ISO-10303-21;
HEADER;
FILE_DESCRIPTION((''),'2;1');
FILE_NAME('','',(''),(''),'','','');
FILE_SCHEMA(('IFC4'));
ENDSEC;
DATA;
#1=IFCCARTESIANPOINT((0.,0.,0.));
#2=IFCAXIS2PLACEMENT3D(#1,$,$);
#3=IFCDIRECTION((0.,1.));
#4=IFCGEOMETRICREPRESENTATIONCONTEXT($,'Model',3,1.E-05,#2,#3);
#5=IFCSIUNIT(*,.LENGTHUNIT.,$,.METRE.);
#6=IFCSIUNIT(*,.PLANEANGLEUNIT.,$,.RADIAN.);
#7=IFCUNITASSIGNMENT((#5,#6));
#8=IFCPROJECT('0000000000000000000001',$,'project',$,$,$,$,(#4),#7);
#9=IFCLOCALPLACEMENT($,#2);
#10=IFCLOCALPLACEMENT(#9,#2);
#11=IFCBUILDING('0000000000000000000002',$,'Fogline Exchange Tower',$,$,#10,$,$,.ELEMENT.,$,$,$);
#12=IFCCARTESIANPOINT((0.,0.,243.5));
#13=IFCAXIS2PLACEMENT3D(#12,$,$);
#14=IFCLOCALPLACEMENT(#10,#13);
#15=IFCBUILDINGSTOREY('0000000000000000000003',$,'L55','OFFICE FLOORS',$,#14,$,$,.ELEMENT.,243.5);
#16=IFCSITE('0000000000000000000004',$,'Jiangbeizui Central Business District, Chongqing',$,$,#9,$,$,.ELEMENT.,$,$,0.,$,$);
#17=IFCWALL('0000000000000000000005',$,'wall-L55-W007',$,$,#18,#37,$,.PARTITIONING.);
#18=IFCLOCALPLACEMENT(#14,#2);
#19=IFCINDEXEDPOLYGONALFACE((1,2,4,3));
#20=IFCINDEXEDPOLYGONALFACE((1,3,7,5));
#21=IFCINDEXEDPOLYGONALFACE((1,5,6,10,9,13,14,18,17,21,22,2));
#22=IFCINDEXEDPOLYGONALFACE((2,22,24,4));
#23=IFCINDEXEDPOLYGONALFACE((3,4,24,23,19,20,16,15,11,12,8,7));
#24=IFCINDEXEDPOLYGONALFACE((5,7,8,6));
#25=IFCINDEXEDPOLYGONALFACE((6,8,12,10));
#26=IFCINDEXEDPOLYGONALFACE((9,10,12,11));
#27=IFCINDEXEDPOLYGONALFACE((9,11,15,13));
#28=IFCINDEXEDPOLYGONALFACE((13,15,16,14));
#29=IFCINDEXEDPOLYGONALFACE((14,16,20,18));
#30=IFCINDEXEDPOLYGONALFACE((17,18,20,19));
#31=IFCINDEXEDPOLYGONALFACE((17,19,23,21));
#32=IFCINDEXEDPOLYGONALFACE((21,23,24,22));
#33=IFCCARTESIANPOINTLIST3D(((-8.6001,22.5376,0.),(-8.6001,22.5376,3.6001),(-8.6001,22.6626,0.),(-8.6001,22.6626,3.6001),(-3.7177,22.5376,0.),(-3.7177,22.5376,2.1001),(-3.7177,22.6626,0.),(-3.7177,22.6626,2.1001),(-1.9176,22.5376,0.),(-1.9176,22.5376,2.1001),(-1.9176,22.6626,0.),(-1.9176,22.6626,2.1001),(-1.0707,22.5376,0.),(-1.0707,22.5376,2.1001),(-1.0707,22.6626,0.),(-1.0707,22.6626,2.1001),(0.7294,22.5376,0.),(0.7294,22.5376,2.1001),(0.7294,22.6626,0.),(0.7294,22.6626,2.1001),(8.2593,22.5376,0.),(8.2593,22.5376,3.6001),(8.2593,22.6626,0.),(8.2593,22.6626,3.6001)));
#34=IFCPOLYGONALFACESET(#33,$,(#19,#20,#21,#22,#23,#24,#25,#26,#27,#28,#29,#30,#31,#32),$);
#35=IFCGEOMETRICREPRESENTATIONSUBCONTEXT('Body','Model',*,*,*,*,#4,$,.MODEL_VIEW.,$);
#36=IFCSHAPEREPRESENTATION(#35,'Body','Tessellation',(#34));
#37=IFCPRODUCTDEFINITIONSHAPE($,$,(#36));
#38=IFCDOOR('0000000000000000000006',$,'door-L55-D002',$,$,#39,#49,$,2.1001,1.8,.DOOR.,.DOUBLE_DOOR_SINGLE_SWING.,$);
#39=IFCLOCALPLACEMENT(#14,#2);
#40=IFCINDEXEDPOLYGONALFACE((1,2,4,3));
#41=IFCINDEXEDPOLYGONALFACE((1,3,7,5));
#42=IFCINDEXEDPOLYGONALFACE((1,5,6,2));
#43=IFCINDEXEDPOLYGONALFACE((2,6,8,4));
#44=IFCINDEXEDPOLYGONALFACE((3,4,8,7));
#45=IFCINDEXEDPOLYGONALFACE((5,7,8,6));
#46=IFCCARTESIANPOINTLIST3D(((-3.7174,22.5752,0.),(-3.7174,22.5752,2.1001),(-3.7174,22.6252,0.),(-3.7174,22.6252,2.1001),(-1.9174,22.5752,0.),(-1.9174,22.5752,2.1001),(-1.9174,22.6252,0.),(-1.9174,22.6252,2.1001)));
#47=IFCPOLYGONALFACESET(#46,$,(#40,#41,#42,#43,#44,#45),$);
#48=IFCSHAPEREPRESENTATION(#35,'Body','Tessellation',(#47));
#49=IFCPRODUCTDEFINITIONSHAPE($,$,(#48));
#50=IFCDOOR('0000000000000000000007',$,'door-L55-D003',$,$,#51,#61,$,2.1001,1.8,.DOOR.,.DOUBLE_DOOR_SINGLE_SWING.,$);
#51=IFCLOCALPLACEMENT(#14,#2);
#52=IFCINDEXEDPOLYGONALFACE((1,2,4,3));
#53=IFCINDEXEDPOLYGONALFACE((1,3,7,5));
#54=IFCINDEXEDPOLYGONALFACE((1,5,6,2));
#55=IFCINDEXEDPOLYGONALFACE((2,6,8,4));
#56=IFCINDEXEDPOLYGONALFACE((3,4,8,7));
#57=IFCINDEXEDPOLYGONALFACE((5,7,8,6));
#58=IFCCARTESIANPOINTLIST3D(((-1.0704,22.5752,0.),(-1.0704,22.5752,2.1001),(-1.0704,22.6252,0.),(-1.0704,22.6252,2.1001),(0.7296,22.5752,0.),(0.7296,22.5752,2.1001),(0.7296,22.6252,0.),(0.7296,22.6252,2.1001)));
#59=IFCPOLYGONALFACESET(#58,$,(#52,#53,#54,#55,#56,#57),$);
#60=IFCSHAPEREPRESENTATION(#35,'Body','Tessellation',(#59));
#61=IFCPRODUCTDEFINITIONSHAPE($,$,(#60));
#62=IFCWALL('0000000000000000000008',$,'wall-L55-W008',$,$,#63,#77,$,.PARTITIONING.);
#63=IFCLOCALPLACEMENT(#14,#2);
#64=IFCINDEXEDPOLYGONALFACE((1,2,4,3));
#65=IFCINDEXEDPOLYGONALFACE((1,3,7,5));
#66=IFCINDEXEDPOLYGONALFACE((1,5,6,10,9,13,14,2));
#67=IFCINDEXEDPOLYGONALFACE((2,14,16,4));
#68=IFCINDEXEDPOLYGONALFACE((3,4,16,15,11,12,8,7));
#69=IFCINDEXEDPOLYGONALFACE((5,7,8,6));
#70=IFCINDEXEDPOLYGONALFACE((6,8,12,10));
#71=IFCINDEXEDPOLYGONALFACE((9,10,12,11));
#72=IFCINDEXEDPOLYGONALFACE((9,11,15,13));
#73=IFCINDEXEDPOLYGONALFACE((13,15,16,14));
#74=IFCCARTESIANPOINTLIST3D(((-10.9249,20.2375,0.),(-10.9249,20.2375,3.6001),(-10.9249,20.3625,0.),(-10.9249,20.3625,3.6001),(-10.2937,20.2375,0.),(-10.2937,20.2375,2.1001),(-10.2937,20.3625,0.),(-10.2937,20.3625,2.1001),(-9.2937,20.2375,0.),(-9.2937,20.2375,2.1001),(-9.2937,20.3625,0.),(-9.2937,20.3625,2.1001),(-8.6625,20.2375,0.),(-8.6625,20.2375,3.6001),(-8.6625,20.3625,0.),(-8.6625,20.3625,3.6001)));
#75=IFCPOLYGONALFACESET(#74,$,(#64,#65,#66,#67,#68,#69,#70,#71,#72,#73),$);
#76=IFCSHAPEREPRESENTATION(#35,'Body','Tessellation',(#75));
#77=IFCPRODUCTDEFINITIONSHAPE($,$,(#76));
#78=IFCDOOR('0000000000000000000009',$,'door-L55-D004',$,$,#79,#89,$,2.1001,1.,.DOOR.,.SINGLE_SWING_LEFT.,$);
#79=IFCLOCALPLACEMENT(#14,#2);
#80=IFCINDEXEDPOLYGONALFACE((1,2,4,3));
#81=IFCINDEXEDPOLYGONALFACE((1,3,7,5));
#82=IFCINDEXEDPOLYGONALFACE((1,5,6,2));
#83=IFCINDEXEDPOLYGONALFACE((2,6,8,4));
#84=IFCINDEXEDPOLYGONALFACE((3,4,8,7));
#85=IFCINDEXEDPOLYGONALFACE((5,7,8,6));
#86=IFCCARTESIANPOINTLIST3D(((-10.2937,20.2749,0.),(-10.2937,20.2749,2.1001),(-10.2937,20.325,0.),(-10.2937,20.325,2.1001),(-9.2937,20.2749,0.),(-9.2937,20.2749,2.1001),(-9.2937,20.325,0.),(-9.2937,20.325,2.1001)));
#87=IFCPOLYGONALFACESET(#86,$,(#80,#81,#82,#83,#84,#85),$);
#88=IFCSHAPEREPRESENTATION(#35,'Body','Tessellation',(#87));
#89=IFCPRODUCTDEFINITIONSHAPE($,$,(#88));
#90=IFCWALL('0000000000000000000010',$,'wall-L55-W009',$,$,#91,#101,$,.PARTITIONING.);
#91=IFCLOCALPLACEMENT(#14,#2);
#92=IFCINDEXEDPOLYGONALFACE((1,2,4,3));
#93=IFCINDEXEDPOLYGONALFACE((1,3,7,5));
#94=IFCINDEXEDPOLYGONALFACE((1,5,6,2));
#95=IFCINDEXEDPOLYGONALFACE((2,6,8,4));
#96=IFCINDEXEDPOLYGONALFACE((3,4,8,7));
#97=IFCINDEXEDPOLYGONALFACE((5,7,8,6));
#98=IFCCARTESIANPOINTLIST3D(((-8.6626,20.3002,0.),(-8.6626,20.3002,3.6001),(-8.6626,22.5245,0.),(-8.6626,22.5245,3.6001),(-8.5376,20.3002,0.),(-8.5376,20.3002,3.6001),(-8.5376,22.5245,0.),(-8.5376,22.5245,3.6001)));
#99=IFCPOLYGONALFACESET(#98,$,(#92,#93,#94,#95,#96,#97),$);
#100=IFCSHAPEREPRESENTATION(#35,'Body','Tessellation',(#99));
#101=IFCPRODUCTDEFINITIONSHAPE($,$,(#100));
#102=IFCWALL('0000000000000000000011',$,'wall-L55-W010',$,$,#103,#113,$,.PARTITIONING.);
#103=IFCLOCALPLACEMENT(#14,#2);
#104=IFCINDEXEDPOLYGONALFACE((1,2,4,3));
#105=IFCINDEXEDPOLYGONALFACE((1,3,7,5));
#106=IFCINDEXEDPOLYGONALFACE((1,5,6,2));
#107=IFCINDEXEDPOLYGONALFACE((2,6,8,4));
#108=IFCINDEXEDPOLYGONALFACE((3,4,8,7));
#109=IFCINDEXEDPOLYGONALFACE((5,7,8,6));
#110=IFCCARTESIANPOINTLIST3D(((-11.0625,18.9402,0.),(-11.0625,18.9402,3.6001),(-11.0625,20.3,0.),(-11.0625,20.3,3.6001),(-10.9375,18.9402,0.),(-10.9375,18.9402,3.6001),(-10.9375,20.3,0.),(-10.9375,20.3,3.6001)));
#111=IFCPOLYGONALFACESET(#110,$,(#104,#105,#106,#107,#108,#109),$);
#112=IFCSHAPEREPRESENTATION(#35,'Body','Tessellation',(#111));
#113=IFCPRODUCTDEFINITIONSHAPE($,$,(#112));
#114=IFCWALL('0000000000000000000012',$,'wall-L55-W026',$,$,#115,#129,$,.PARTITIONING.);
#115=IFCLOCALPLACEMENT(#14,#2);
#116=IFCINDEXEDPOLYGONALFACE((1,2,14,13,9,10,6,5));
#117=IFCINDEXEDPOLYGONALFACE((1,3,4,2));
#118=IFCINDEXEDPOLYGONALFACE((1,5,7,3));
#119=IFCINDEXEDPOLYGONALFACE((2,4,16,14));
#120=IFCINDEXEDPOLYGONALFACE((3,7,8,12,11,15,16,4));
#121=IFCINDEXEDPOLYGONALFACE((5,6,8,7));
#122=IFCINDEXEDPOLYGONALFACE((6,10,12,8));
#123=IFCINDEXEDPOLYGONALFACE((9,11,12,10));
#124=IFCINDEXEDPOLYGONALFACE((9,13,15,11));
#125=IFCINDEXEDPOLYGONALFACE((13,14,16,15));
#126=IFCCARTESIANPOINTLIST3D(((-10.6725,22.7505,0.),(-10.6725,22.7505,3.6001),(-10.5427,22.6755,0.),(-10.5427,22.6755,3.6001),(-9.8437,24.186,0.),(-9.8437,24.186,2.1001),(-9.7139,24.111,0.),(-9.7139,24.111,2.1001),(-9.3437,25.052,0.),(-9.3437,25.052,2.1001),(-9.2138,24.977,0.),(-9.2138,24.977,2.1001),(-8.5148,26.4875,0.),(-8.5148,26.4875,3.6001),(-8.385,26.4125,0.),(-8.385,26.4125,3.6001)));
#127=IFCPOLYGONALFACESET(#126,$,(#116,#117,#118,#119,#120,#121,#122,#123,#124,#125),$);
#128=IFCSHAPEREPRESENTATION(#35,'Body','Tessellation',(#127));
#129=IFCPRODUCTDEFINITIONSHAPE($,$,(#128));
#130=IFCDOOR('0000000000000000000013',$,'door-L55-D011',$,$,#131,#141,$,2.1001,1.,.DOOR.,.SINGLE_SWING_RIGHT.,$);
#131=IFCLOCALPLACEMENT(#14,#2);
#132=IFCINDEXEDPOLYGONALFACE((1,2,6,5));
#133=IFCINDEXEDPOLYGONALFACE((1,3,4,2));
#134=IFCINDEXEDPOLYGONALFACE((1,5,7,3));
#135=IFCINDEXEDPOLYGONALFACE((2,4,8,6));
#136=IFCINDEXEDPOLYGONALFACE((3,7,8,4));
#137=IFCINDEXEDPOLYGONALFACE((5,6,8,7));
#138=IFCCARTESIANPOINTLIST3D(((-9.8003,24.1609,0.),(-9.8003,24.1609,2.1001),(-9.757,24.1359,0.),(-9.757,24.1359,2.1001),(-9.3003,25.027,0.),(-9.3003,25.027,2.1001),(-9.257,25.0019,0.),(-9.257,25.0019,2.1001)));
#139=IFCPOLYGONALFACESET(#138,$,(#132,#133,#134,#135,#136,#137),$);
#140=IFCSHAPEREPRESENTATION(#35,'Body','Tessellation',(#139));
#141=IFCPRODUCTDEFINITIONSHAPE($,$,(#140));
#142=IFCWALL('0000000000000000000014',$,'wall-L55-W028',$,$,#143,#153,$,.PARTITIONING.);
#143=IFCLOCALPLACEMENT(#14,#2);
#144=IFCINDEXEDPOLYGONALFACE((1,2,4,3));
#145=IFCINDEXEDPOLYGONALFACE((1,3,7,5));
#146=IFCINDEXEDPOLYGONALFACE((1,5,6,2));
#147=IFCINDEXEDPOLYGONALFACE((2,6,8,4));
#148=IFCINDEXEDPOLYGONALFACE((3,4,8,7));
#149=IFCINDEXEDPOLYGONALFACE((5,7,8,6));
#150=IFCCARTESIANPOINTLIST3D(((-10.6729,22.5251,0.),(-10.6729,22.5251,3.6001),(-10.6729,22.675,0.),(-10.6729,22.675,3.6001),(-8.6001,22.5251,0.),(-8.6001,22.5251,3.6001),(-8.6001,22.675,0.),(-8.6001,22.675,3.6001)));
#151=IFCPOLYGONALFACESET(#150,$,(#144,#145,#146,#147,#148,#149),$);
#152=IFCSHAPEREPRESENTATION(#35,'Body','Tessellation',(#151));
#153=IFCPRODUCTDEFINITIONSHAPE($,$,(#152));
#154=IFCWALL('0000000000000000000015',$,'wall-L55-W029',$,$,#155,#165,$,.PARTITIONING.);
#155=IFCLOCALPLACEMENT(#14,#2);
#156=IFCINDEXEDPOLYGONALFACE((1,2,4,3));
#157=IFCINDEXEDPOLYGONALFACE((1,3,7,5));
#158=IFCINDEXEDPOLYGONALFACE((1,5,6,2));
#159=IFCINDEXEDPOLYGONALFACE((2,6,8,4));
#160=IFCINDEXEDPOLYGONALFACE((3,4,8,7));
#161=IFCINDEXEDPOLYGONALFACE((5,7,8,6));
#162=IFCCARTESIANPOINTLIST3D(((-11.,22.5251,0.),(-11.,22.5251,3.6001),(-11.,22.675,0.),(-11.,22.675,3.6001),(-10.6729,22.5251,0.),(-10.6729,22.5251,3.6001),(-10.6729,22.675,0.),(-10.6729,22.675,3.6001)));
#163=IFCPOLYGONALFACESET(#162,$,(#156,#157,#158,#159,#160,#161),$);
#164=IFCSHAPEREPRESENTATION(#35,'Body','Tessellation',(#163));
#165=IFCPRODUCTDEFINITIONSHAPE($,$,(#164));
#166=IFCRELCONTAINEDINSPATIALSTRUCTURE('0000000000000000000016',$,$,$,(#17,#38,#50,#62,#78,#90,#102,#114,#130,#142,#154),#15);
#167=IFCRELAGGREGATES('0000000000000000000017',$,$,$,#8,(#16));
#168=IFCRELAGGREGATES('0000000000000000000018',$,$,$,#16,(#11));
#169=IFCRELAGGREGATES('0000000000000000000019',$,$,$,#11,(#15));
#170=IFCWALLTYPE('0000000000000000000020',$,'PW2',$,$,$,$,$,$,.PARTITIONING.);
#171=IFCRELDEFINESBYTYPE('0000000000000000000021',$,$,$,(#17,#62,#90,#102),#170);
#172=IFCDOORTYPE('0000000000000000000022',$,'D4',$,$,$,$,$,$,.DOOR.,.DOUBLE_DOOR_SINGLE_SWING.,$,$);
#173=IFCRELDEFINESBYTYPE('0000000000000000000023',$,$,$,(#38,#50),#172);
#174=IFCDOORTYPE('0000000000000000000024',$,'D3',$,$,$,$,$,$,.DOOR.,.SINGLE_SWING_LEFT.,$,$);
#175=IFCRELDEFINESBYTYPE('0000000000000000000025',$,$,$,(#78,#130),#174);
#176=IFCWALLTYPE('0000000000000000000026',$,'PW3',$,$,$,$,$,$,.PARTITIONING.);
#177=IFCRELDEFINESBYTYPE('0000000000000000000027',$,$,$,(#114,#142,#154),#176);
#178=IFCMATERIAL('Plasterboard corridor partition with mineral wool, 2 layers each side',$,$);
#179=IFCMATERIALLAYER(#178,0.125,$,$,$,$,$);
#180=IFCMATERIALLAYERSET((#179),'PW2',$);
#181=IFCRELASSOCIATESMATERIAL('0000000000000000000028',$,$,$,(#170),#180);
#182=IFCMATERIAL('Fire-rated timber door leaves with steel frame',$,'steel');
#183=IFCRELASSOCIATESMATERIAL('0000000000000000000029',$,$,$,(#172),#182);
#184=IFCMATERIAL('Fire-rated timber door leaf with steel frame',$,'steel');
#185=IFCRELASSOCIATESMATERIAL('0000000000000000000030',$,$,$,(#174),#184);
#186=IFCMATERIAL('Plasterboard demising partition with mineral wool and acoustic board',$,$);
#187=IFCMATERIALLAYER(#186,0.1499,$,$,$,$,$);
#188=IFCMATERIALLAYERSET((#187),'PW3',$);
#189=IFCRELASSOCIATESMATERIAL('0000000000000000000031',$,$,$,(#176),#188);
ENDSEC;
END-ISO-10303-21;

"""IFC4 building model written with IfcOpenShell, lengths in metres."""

from ifc_helpers import new_model, si_unit, direction, frame, frame_2d, origin, place, context, subcontext, project, spatial, rectangle, extrude, material, layer, layer_set, type_object, element, fill, save


model = new_model("IFC4")

# Units and contexts
model_context = context("Model", 3, precision=1e-05, world=origin(), true_north=direction((0.0, 1.0)))
body_context = subcontext(model_context, "Body", "Model", "MODEL_VIEW")
ifc_project = project(units=[si_unit("LENGTHUNIT", "METRE"), si_unit("PLANEANGLEUNIT", "RADIAN")], contexts=[model_context])

# Site, building, storey
site_placement = place(None, origin())
site = spatial("IfcSite", under=ifc_project, at=site_placement, Name="Jiangbeizui Central Business District, Chongqing", CompositionType="ELEMENT", RefElevation=0.0)
building_placement = place(site_placement, origin())
building = spatial("IfcBuilding", under=site, at=building_placement, Name="Fogline Exchange Tower", CompositionType="ELEMENT")
storey_placement = place(building_placement, frame((0.0, 0.0, 243.5)))
storey = spatial("IfcBuildingStorey", under=building, at=storey_placement, Name="L55", Description="OFFICE FLOORS", CompositionType="ELEMENT", Elevation=243.5)

# Wall, openings, doors
ifc_material_1 = material(Name="Plasterboard corridor partition with mineral wool, 2 layers each side")
ifc_layer_1 = layer(ifc_material_1, 0.125)
ifc_layer_set_1 = layer_set([ifc_layer_1], Name="PW2")
wall_type_1 = type_object("IfcWallType", Name="PW2", PredefinedType="PARTITIONING", material=ifc_layer_set_1)
wall_1_placement = place(storey_placement, frame((-8.6001, 22.6001, 0.0), z_axis=(0.0, 0.0, 1.0), x_axis=(1.0, 0.0, 0.0)))
wall_1 = element("IfcWall", 1, at=wall_1_placement, inside=storey, type_object=wall_type_1, Name="wall-L55-W007", PredefinedType="PARTITIONING", context=body_context, shape_type="SweptSolid", body=[
    extrude(rectangle(XDim=16.8594, YDim=0.125, at=frame_2d((8.4297, 0.0))), origin(), (0.0, 0.0, 1.0), 3.6001),
])
opening_1_placement = place(wall_1_placement, frame((4.8826, 0.0, 0.0)))
opening_1 = element("IfcOpeningElement", 2, at=opening_1_placement, cuts=wall_1, PredefinedType="OPENING", context=body_context, shape_type="SweptSolid", body=[
    extrude(rectangle(XDim=1.8, YDim=2.1001, at=frame_2d((0.8999, 1.05))), frame((0.0, 0.0725, 0.0), z_axis=(0.0, -1.0, 0.0), x_axis=(1.0, 0.0, 0.0)), (0.0, 0.0, 1.0), 0.145),
])
opening_2_placement = place(wall_1_placement, frame((7.5295, 0.0, 0.0)))
opening_2 = element("IfcOpeningElement", 3, at=opening_2_placement, cuts=wall_1, PredefinedType="OPENING", context=body_context, shape_type="SweptSolid", body=[
    extrude(rectangle(XDim=1.8, YDim=2.1001, at=frame_2d((0.8999, 1.05))), frame((0.0, 0.0725, 0.0), z_axis=(0.0, -1.0, 0.0), x_axis=(1.0, 0.0, 0.0)), (0.0, 0.0, 1.0), 0.145),
])
ifc_material_2 = material(Name="Fire-rated timber door leaves with steel frame", Category="steel")
door_type_1 = type_object("IfcDoorType", Name="D4", OperationType="DOUBLE_DOOR_SINGLE_SWING", PredefinedType="DOOR", material=ifc_material_2)
door_1_placement = place(opening_1_placement, frame((1.8, 0.0, 0.0), z_axis=(0.0, 0.0, 1.0), x_axis=(-1.0, 0.0, 0.0)))
door_1 = element("IfcDoor", 4, at=door_1_placement, inside=storey, type_object=door_type_1, Name="door-L55-D002", OperationType="DOUBLE_DOOR_SINGLE_SWING", OverallHeight=2.1001, OverallWidth=1.8, PredefinedType="DOOR", context=body_context, shape_type="SweptSolid", body=[
    extrude(rectangle(XDim=1.8, YDim=2.1001, at=frame_2d((0.8999, 1.05))), frame((0.0, 0.0249, 0.0), z_axis=(0.0, -1.0, 0.0), x_axis=(1.0, 0.0, 0.0)), (0.0, 0.0, 1.0), 0.05),
])
fill(opening_1, door_1)
door_2_placement = place(opening_2_placement, frame((1.8, 0.0, 0.0), z_axis=(0.0, 0.0, 1.0), x_axis=(-1.0, 0.0, 0.0)))
door_2 = element("IfcDoor", 5, at=door_2_placement, inside=storey, type_object=door_type_1, Name="door-L55-D003", OperationType="DOUBLE_DOOR_SINGLE_SWING", OverallHeight=2.1001, OverallWidth=1.8, PredefinedType="DOOR", context=body_context, shape_type="SweptSolid", body=[
    extrude(rectangle(XDim=1.8, YDim=2.1001, at=frame_2d((0.8999, 1.05))), frame((0.0, 0.0249, 0.0), z_axis=(0.0, -1.0, 0.0), x_axis=(1.0, 0.0, 0.0)), (0.0, 0.0, 1.0), 0.05),
])
fill(opening_2, door_2)

# Wall, opening, door
wall_2_placement = place(storey_placement, frame((-10.925, 20.3, 0.0), z_axis=(0.0, 0.0, 1.0), x_axis=(1.0, 0.0, 0.0)))
wall_2 = element("IfcWall", 6, at=wall_2_placement, inside=storey, type_object=wall_type_1, Name="wall-L55-W008", PredefinedType="PARTITIONING", context=body_context, shape_type="SweptSolid", body=[
    extrude(rectangle(XDim=2.2625, YDim=0.125, at=frame_2d((1.1313, 0.0))), origin(), (0.0, 0.0, 1.0), 3.6001),
])
opening_3_placement = place(wall_2_placement, frame((0.6313, 0.0, 0.0)))
opening_3 = element("IfcOpeningElement", 7, at=opening_3_placement, cuts=wall_2, PredefinedType="OPENING", context=body_context, shape_type="SweptSolid", body=[
    extrude(rectangle(XDim=1.0, YDim=2.1001, at=frame_2d((0.5, 1.05))), frame((0.0, 0.0725, 0.0), z_axis=(0.0, -1.0, 0.0), x_axis=(1.0, 0.0, 0.0)), (0.0, 0.0, 1.0), 0.145),
])
ifc_material_3 = material(Name="Fire-rated timber door leaf with steel frame", Category="steel")
door_type_2 = type_object("IfcDoorType", Name="D3", OperationType="SINGLE_SWING_LEFT", PredefinedType="DOOR", material=ifc_material_3)
door_3_placement = place(opening_3_placement, origin())
door_3 = element("IfcDoor", 8, at=door_3_placement, inside=storey, type_object=door_type_2, Name="door-L55-D004", OperationType="SINGLE_SWING_LEFT", OverallHeight=2.1001, OverallWidth=1.0, PredefinedType="DOOR", context=body_context, shape_type="SweptSolid", body=[
    extrude(rectangle(XDim=1.0, YDim=2.1001, at=frame_2d((0.5, 1.05))), frame((0.0, 0.0249, 0.0), z_axis=(0.0, -1.0, 0.0), x_axis=(1.0, 0.0, 0.0)), (0.0, 0.0, 1.0), 0.05),
])
fill(opening_3, door_3)

# Walls
wall_3_placement = place(storey_placement, frame((-8.6001, 20.3, 0.0), z_axis=(0.0, 0.0, 1.0), x_axis=(0.0, 1.0, 0.0)))
element("IfcWall", 9, at=wall_3_placement, inside=storey, type_object=wall_type_1, Name="wall-L55-W009", PredefinedType="PARTITIONING", context=body_context, shape_type="SweptSolid", body=[
    extrude(rectangle(XDim=2.2244, YDim=0.125, at=frame_2d((1.1123, 0.0))), origin(), (0.0, 0.0, 1.0), 3.6001),
])
wall_4_placement = place(storey_placement, frame((-11.0, 18.9402, 0.0), z_axis=(0.0, 0.0, 1.0), x_axis=(0.0, 1.0, 0.0)))
element("IfcWall", 10, at=wall_4_placement, inside=storey, type_object=wall_type_1, Name="wall-L55-W010", PredefinedType="PARTITIONING", context=body_context, shape_type="SweptSolid", body=[
    extrude(rectangle(XDim=1.3599, YDim=0.125, at=frame_2d((0.6799, 0.0))), origin(), (0.0, 0.0, 1.0), 3.6001),
])

# Wall, opening, door
ifc_material_4 = material(Name="Plasterboard demising partition with mineral wool and acoustic board")
ifc_layer_2 = layer(ifc_material_4, 0.1499)
ifc_layer_set_2 = layer_set([ifc_layer_2], Name="PW3")
wall_type_2 = type_object("IfcWallType", Name="PW3", PredefinedType="PARTITIONING", material=ifc_layer_set_2)
wall_5_placement = place(storey_placement, frame((-10.6077, 22.7129, 0.0), z_axis=(0.0, 0.0, 1.0), x_axis=(0.500021, 0.866013, 0.0)))
wall_5 = element("IfcWall", 11, at=wall_5_placement, inside=storey, type_object=wall_type_2, Name="wall-L55-W026", PredefinedType="PARTITIONING", context=body_context, shape_type="SweptSolid", body=[
    extrude(rectangle(XDim=4.3152, YDim=0.1499, at=frame_2d((2.1577, 0.0))), origin(), (0.0, 0.0, 1.0), 3.6001),
])
opening_4_placement = place(wall_5_placement, frame((1.6577, 0.0, 0.0)))
opening_4 = element("IfcOpeningElement", 12, at=opening_4_placement, cuts=wall_5, PredefinedType="OPENING", context=body_context, shape_type="SweptSolid", body=[
    extrude(rectangle(XDim=1.0, YDim=2.1001, at=frame_2d((0.5, 1.05))), frame((0.0, 0.085, 0.0), z_axis=(0.0, -1.0, 0.0), x_axis=(1.0, 0.0, 0.0)), (0.0, 0.0, 1.0), 0.1699),
])
door_4_placement = place(opening_4_placement, origin())
door_4 = element("IfcDoor", 13, at=door_4_placement, inside=storey, type_object=door_type_2, Name="door-L55-D011", OperationType="SINGLE_SWING_RIGHT", OverallHeight=2.1001, OverallWidth=1.0, PredefinedType="DOOR", context=body_context, shape_type="SweptSolid", body=[
    extrude(rectangle(XDim=1.0, YDim=2.1001, at=frame_2d((0.5, 1.05))), frame((0.0, 0.0249, 0.0), z_axis=(0.0, -1.0, 0.0), x_axis=(1.0, 0.0, 0.0)), (0.0, 0.0, 1.0), 0.05),
])
fill(opening_4, door_4)

# Walls
wall_6_placement = place(storey_placement, frame((-8.6001, 22.6001, 0.0), z_axis=(0.0, 0.0, 1.0), x_axis=(-1.0, 0.0, 0.0)))
element("IfcWall", 14, at=wall_6_placement, inside=storey, type_object=wall_type_2, Name="wall-L55-W028", PredefinedType="PARTITIONING", context=body_context, shape_type="SweptSolid", body=[
    extrude(rectangle(XDim=2.0728, YDim=0.1499, at=frame_2d((1.0364, 0.0))), origin(), (0.0, 0.0, 1.0), 3.6001),
])
wall_7_placement = place(storey_placement, frame((-10.6729, 22.6001, 0.0), z_axis=(0.0, 0.0, 1.0), x_axis=(-1.0, 0.0, 0.0)))
element("IfcWall", 15, at=wall_7_placement, inside=storey, type_object=wall_type_2, Name="wall-L55-W029", PredefinedType="PARTITIONING", context=body_context, shape_type="SweptSolid", body=[
    extrude(rectangle(XDim=0.3271, YDim=0.1499, at=frame_2d((0.1636, 0.0))), origin(), (0.0, 0.0, 1.0), 3.6001),
])

save(model, "model.ifc")
